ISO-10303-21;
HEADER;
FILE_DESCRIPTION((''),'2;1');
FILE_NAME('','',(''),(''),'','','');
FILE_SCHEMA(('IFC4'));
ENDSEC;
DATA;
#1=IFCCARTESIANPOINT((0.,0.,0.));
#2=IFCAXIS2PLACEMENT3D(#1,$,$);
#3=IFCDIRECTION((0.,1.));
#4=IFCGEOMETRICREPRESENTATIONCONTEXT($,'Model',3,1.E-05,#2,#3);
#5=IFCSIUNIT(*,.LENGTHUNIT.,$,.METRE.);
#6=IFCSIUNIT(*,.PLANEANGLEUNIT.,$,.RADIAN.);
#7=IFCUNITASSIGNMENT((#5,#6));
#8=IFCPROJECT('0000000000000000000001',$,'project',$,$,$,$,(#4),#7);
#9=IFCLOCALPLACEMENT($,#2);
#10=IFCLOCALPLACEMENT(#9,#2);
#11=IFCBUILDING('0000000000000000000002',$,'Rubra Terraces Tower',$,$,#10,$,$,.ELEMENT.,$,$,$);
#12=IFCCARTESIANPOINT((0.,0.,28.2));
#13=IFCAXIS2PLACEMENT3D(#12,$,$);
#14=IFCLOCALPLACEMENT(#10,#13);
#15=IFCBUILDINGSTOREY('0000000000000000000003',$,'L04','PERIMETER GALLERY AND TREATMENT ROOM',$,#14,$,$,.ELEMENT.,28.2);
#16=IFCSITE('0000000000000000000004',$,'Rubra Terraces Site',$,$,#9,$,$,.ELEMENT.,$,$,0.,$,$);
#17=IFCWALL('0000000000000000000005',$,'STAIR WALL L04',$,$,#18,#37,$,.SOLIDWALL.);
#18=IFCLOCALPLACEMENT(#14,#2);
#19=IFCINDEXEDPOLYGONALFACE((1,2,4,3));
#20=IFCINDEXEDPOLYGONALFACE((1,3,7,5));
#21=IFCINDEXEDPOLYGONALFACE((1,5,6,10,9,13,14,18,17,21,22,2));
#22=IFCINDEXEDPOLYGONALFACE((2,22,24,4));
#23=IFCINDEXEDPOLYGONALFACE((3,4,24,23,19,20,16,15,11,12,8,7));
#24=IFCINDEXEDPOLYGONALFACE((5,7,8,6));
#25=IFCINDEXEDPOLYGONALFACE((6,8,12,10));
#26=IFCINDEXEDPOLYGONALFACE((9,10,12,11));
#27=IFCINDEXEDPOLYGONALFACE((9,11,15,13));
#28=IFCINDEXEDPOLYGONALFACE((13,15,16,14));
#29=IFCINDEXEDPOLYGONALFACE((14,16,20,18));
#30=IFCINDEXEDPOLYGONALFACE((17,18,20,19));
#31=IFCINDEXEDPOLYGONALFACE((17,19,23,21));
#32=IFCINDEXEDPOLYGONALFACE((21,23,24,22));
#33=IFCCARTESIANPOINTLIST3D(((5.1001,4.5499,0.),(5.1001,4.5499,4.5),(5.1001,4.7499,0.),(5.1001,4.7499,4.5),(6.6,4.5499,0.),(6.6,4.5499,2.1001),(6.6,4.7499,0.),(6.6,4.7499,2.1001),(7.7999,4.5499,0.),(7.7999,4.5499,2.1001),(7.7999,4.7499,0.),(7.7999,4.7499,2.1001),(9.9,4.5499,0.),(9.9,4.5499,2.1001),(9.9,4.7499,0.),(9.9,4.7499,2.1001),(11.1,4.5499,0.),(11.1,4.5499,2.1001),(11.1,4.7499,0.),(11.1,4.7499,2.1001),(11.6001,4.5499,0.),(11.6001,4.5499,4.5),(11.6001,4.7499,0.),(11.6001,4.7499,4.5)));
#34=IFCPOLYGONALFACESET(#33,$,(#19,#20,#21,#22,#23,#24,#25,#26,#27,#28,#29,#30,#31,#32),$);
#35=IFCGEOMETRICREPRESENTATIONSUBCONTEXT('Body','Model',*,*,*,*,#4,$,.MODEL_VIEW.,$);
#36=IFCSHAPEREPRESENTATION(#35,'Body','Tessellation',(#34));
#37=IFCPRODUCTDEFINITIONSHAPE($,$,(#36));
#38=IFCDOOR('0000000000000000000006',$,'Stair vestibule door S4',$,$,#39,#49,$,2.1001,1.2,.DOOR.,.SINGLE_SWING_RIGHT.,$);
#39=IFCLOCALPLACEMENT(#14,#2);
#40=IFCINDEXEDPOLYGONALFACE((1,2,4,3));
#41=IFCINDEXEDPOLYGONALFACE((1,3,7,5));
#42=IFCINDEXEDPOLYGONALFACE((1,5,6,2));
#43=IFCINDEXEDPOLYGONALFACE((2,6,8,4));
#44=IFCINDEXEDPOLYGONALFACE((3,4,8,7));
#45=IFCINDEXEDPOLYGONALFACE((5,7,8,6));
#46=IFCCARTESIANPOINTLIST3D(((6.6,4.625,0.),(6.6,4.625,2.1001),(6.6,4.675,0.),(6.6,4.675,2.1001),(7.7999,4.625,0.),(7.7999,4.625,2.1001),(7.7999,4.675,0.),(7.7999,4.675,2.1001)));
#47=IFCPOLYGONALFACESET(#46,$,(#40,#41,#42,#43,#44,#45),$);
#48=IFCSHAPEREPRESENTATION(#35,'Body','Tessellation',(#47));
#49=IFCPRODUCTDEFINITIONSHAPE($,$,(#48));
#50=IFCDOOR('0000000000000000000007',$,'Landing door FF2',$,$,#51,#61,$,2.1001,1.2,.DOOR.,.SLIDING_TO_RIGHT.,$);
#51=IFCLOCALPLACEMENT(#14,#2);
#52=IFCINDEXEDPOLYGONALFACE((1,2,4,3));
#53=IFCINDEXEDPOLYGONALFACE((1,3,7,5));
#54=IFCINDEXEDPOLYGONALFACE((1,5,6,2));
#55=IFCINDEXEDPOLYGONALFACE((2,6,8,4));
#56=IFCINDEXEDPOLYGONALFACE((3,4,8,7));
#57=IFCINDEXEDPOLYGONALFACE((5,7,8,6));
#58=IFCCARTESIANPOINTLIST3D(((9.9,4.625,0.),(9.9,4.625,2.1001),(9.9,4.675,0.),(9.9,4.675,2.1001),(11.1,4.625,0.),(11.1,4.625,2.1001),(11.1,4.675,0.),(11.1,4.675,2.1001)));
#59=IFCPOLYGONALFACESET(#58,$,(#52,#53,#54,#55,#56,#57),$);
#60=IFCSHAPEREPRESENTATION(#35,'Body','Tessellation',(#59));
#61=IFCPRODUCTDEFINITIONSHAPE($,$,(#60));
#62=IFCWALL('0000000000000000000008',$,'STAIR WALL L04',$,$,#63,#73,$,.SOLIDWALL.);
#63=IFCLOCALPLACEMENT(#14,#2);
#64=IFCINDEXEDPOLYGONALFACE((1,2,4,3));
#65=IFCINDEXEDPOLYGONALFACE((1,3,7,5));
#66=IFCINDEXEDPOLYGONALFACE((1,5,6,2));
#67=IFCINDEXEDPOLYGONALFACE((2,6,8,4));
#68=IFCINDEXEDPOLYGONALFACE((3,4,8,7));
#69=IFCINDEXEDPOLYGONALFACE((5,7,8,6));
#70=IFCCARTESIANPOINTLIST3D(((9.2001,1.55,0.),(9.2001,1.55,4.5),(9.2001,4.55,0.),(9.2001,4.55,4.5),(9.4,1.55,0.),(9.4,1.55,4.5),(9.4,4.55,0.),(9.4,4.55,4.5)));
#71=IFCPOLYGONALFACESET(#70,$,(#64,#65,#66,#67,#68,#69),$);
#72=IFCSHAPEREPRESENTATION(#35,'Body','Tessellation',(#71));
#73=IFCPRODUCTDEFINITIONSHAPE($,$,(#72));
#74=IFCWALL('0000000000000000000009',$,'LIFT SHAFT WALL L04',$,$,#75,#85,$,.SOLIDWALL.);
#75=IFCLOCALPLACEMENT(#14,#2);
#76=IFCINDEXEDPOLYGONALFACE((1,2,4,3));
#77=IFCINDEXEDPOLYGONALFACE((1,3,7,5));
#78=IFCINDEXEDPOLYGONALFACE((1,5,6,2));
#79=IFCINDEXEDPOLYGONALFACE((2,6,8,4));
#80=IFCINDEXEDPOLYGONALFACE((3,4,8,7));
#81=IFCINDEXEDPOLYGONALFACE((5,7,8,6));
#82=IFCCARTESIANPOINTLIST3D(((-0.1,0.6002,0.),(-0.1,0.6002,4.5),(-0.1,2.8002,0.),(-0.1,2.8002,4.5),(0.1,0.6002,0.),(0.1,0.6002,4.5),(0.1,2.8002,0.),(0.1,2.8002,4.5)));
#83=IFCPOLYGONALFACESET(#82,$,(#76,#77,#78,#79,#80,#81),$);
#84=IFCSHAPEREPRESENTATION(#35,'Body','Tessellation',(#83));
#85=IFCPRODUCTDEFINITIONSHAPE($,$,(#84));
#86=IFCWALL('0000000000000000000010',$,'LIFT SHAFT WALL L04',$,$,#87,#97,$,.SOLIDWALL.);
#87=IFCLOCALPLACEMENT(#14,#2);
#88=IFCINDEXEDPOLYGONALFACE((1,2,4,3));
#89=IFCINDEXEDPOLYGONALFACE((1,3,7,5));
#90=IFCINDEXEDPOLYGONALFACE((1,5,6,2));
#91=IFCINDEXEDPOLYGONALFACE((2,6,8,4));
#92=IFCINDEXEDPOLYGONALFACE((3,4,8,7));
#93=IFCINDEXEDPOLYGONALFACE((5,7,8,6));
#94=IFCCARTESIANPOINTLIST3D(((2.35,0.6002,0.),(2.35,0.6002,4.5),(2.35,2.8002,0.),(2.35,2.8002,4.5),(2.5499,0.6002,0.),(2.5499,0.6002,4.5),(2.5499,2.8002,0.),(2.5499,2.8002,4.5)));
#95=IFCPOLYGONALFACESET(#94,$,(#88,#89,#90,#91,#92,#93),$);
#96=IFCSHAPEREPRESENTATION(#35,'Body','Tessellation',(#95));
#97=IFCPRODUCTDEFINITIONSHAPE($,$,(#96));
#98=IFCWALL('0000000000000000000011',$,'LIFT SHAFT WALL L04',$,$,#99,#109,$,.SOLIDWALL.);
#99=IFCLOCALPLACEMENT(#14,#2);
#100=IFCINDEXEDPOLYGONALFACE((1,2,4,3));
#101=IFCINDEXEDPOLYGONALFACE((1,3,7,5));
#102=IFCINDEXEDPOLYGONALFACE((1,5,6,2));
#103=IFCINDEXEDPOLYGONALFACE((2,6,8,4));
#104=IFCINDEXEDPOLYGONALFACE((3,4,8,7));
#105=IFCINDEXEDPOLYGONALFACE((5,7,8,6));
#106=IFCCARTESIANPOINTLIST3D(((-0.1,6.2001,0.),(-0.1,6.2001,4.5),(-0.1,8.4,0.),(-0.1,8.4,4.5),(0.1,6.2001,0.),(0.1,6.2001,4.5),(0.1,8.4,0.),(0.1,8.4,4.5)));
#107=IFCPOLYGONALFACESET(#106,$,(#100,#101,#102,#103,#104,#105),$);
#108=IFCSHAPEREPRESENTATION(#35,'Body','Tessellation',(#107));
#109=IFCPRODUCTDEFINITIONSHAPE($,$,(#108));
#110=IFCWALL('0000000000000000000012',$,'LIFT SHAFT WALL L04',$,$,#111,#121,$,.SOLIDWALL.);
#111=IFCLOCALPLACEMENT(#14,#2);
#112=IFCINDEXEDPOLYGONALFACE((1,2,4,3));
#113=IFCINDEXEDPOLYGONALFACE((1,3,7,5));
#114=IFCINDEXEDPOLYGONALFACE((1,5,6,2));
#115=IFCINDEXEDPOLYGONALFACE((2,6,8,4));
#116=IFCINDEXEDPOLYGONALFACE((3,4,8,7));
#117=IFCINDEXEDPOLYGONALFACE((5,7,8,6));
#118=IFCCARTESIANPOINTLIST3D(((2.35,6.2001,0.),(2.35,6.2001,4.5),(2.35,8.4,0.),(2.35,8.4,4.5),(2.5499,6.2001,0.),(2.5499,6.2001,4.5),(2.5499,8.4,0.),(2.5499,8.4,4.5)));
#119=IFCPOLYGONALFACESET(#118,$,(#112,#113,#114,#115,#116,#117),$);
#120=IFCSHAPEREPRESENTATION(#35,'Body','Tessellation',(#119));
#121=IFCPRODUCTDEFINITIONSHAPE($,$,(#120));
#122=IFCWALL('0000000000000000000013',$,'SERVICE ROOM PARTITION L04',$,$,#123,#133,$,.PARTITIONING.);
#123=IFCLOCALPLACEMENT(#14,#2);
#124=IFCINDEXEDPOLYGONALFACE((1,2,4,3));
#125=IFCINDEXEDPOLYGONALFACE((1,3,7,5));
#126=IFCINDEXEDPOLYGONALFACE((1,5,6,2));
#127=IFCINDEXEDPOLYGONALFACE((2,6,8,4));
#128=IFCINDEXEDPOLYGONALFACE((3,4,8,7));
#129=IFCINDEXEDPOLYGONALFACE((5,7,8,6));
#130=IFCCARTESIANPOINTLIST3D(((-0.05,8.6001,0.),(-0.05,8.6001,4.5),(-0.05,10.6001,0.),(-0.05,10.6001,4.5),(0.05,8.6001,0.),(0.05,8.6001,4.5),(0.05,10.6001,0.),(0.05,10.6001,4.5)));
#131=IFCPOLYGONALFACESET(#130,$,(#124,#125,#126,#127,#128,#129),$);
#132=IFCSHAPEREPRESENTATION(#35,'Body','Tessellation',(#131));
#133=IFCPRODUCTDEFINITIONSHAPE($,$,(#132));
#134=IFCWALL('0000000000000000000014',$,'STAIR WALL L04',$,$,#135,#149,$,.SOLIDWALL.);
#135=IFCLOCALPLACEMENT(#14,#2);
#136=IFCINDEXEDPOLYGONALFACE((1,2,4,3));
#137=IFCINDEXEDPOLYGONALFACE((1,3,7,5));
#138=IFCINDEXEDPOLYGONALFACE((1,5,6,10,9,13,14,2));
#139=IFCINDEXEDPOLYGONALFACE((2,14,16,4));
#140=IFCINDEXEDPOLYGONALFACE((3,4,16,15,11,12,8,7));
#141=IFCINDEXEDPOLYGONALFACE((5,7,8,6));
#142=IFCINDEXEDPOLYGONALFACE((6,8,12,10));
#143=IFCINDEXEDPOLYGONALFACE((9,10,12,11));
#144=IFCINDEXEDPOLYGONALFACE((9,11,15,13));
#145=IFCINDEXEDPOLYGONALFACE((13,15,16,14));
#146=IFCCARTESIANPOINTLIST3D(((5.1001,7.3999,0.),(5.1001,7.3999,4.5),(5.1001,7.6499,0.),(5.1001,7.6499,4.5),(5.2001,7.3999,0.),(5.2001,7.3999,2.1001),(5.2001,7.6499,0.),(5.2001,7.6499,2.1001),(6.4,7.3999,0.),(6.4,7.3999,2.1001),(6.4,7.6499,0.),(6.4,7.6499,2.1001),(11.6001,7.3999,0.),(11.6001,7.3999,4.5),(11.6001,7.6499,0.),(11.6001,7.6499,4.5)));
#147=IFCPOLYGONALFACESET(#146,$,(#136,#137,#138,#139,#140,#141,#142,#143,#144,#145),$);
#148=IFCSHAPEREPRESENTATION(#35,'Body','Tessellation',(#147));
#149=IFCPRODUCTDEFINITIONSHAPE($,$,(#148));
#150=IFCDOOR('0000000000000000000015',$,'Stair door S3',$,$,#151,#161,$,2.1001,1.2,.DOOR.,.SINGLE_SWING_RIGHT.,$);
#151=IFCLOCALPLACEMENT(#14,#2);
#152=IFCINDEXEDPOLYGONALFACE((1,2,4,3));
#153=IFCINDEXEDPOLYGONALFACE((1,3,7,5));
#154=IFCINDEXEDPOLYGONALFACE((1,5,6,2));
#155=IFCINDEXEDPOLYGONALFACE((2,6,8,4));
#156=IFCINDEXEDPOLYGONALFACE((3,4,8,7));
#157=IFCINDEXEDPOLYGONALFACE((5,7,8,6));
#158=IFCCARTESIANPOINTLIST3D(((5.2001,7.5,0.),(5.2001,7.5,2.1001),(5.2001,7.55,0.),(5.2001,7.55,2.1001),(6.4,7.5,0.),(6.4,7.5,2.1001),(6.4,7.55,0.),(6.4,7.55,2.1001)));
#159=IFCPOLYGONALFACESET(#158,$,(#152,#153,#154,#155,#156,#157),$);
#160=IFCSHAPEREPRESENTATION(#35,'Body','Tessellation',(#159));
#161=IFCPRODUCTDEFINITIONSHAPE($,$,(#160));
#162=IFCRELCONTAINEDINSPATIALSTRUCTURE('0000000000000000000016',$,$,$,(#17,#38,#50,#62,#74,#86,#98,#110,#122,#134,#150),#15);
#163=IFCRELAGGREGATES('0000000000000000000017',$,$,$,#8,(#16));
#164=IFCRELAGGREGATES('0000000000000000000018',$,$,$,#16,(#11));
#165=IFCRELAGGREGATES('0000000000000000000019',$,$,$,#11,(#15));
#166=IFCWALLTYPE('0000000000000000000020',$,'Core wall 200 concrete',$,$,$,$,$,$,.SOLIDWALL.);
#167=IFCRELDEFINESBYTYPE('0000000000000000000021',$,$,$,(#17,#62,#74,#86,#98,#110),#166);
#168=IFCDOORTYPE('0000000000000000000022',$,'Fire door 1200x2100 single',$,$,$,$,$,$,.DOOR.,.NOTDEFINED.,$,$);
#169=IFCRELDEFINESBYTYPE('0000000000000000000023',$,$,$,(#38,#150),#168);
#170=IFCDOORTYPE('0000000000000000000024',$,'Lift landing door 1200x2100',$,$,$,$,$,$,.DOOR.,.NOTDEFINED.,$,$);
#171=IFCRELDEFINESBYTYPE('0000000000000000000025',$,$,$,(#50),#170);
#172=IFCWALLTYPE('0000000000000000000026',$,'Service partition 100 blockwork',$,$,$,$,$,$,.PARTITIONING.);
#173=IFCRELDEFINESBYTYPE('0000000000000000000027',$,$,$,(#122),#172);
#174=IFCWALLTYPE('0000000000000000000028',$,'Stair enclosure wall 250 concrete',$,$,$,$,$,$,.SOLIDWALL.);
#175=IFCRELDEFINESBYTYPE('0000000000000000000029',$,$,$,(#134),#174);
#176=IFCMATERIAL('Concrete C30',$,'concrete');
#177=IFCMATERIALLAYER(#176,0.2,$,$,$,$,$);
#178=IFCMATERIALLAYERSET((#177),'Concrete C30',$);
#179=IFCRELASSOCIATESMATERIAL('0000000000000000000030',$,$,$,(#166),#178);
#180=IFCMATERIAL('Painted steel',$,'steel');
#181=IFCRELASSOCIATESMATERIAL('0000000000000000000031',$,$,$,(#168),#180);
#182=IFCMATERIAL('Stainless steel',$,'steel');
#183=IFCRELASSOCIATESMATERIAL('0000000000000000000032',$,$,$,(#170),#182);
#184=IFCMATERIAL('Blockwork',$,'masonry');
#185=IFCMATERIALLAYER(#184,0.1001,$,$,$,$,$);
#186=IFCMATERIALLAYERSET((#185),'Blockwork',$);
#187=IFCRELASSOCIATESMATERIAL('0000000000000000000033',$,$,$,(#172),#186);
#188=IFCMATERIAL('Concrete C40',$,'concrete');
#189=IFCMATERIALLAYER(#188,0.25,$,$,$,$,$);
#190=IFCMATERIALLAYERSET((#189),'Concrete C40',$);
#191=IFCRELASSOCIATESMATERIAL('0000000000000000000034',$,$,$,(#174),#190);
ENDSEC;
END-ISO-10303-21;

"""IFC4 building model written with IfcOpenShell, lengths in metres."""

from ifc_helpers import new_model, si_unit, direction, frame, frame_2d, origin, place, context, subcontext, project, spatial, rectangle, extrude, material, layer, layer_set, type_object, element, fill, save


model = new_model("IFC4")

# Units and contexts
model_context = context("Model", 3, precision=1e-05, world=origin(), true_north=direction((0.0, 1.0)))
body_context = subcontext(model_context, "Body", "Model", "MODEL_VIEW")
ifc_project = project(units=[si_unit("LENGTHUNIT", "METRE"), si_unit("PLANEANGLEUNIT", "RADIAN")], contexts=[model_context])

# Site, building, storey
site_placement = place(None, origin())
site = spatial("IfcSite", under=ifc_project, at=site_placement, Name="Rubra Terraces Site", CompositionType="ELEMENT", RefElevation=0.0)
building_placement = place(site_placement, origin())
building = spatial("IfcBuilding", under=site, at=building_placement, Name="Rubra Terraces Tower", CompositionType="ELEMENT")
storey_placement = place(building_placement, frame((0.0, 0.0, 28.2)))
storey = spatial("IfcBuildingStorey", under=building, at=storey_placement, Name="L04", Description="PERIMETER GALLERY AND TREATMENT ROOM", CompositionType="ELEMENT", Elevation=28.2)

# Shared definitions
ifc_material_1 = material(Name="Concrete C40", Category="concrete")

# Wall, openings, doors
ifc_material_2 = material(Name="Concrete C30", Category="concrete")
ifc_layer_1 = layer(ifc_material_2, 0.2)
ifc_layer_set_1 = layer_set([ifc_layer_1], Name="Concrete C30")
wall_type_1 = type_object("IfcWallType", Name="Core wall 200 concrete", PredefinedType="SOLIDWALL", material=ifc_layer_set_1)
wall_1_placement = place(storey_placement, frame((11.6001, 4.6499, 0.0), z_axis=(0.0, 0.0, 1.0), x_axis=(-1.0, 0.0, 0.0)))
wall_1 = element("IfcWall", 1, at=wall_1_placement, inside=storey, type_object=wall_type_1, Name="STAIR WALL L04", PredefinedType="SOLIDWALL", context=body_context, shape_type="SweptSolid", body=[
    extrude(rectangle(XDim=6.5, YDim=0.2, at=frame_2d((3.25, 0.0))), origin(), (0.0, 0.0, 1.0), 4.5),
])
opening_1_placement = place(wall_1_placement, frame((3.8, 0.0, 0.0)))
opening_1 = element("IfcOpeningElement", 2, at=opening_1_placement, cuts=wall_1, PredefinedType="OPENING", context=body_context, shape_type="SweptSolid", body=[
    extrude(rectangle(XDim=1.2, YDim=2.1001, at=frame_2d((0.6001, 1.05))), frame((0.0, 0.1099, 0.0), z_axis=(0.0, -1.0, 0.0), x_axis=(1.0, 0.0, 0.0)), (0.0, 0.0, 1.0), 0.22),
])
opening_2_placement = place(wall_1_placement, frame((0.5, 0.0, 0.0)))
opening_2 = element("IfcOpeningElement", 3, at=opening_2_placement, cuts=wall_1, PredefinedType="OPENING", context=body_context, shape_type="SweptSolid", body=[
    extrude(rectangle(XDim=1.2, YDim=2.1001, at=frame_2d((0.6001, 1.05))), frame((0.0, 0.1099, 0.0), z_axis=(0.0, -1.0, 0.0), x_axis=(1.0, 0.0, 0.0)), (0.0, 0.0, 1.0), 0.22),
])
ifc_material_3 = material(Name="Painted steel", Category="steel")
door_type_1 = type_object("IfcDoorType", Name="Fire door 1200x2100 single", OperationType="NOTDEFINED", PredefinedType="DOOR", material=ifc_material_3)
door_1_placement = place(opening_1_placement, origin())
door_1 = element("IfcDoor", 4, at=door_1_placement, inside=storey, type_object=door_type_1, Name="Stair vestibule door S4", OperationType="SINGLE_SWING_RIGHT", OverallHeight=2.1001, OverallWidth=1.2, PredefinedType="DOOR", context=body_context, shape_type="SweptSolid", body=[
    extrude(rectangle(XDim=1.2, YDim=2.1001, at=frame_2d((0.6001, 1.05))), frame((0.0, 0.0249, 0.0), z_axis=(0.0, -1.0, 0.0), x_axis=(1.0, 0.0, 0.0)), (0.0, 0.0, 1.0), 0.05),
])
fill(opening_1, door_1)
ifc_material_4 = material(Name="Stainless steel", Category="steel")
door_type_2 = type_object("IfcDoorType", Name="Lift landing door 1200x2100", OperationType="NOTDEFINED", PredefinedType="DOOR", material=ifc_material_4)
door_2_placement = place(opening_2_placement, origin())
door_2 = element("IfcDoor", 5, at=door_2_placement, inside=storey, type_object=door_type_2, Name="Landing door FF2", OperationType="SLIDING_TO_RIGHT", OverallHeight=2.1001, OverallWidth=1.2, PredefinedType="DOOR", context=body_context, shape_type="SweptSolid", body=[
    extrude(rectangle(XDim=1.2, YDim=2.1001, at=frame_2d((0.6001, 1.05))), frame((0.0, 0.0249, 0.0), z_axis=(0.0, -1.0, 0.0), x_axis=(1.0, 0.0, 0.0)), (0.0, 0.0, 1.0), 0.05),
])
fill(opening_2, door_2)

# Walls
wall_2_placement = place(storey_placement, frame((9.3, 4.55, 0.0), z_axis=(0.0, 0.0, 1.0), x_axis=(0.0, -1.0, 0.0)))
element("IfcWall", 6, at=wall_2_placement, inside=storey, type_object=wall_type_1, Name="STAIR WALL L04", PredefinedType="SOLIDWALL", context=body_context, shape_type="SweptSolid", body=[
    extrude(rectangle(XDim=3.0, YDim=0.2, at=frame_2d((1.5, 0.0))), origin(), (0.0, 0.0, 1.0), 4.5),
])
for number, where, z_axis, x_axis, name in (
    (7, (0.0, 0.6001, 0.0), (0.0, 0.0, 1.0), (0.0, 1.0, 0.0), "LIFT SHAFT WALL L04"),
    (8, (2.45, 0.6001, 0.0), (0.0, 0.0, 1.0), (0.0, 1.0, 0.0), "LIFT SHAFT WALL L04"),
    (9, (0.0, 6.2, 0.0), (0.0, 0.0, 1.0), (0.0, 1.0, 0.0), "LIFT SHAFT WALL L04"),
    (10, (2.45, 6.2, 0.0), (0.0, 0.0, 1.0), (0.0, 1.0, 0.0), "LIFT SHAFT WALL L04"),
):
    element("IfcWall", number, at=place(storey_placement, frame(where, z_axis=z_axis, x_axis=x_axis)), inside=storey, type_object=wall_type_1, Name=name, PredefinedType="SOLIDWALL", context=body_context, shape_type="SweptSolid", body=[
        extrude(rectangle(XDim=2.2, YDim=0.2, at=frame_2d((1.1001, 0.0))), origin(), (0.0, 0.0, 1.0), 4.5),
    ])
ifc_material_5 = material(Name="Blockwork", Category="masonry")
ifc_layer_2 = layer(ifc_material_5, 0.1001)
ifc_layer_set_2 = layer_set([ifc_layer_2], Name="Blockwork")
wall_type_2 = type_object("IfcWallType", Name="Service partition 100 blockwork", PredefinedType="PARTITIONING", material=ifc_layer_set_2)
wall_3_placement = place(storey_placement, frame((0.0, 8.6001, 0.0), z_axis=(0.0, 0.0, 1.0), x_axis=(0.0, 1.0, 0.0)))
element("IfcWall", 11, at=wall_3_placement, inside=storey, type_object=wall_type_2, Name="SERVICE ROOM PARTITION L04", PredefinedType="PARTITIONING", context=body_context, shape_type="SweptSolid", body=[
    extrude(rectangle(XDim=2.0, YDim=0.1001, at=frame_2d((1.0, 0.0))), origin(), (0.0, 0.0, 1.0), 4.5),
])

# Wall, opening, door
ifc_layer_3 = layer(ifc_material_1, 0.25)
ifc_layer_set_3 = layer_set([ifc_layer_3], Name="Concrete C40")
wall_type_3 = type_object("IfcWallType", Name="Stair enclosure wall 250 concrete", PredefinedType="SOLIDWALL", material=ifc_layer_set_3)
wall_4_placement = place(storey_placement, frame((11.6001, 7.5249, 0.0), z_axis=(0.0, 0.0, 1.0), x_axis=(-1.0, 0.0, 0.0)))
wall_4 = element("IfcWall", 12, at=wall_4_placement, inside=storey, type_object=wall_type_3, Name="STAIR WALL L04", PredefinedType="SOLIDWALL", context=body_context, shape_type="SweptSolid", body=[
    extrude(rectangle(XDim=6.5, YDim=0.25, at=frame_2d((3.25, 0.0))), origin(), (0.0, 0.0, 1.0), 4.5),
])
opening_3_placement = place(wall_4_placement, frame((5.2, 0.0, 0.0)))
opening_3 = element("IfcOpeningElement", 13, at=opening_3_placement, cuts=wall_4, PredefinedType="OPENING", context=body_context, shape_type="SweptSolid", body=[
    extrude(rectangle(XDim=1.2, YDim=2.1001, at=frame_2d((0.6001, 1.05))), frame((0.0, 0.135, 0.0), z_axis=(0.0, -1.0, 0.0), x_axis=(1.0, 0.0, 0.0)), (0.0, 0.0, 1.0), 0.27),
])
door_3_placement = place(opening_3_placement, origin())
door_3 = element("IfcDoor", 14, at=door_3_placement, inside=storey, type_object=door_type_1, Name="Stair door S3", OperationType="SINGLE_SWING_RIGHT", OverallHeight=2.1001, OverallWidth=1.2, PredefinedType="DOOR", context=body_context, shape_type="SweptSolid", body=[
    extrude(rectangle(XDim=1.2, YDim=2.1001, at=frame_2d((0.6001, 1.05))), frame((0.0, 0.0249, 0.0), z_axis=(0.0, -1.0, 0.0), x_axis=(1.0, 0.0, 0.0)), (0.0, 0.0, 1.0), 0.05),
])
fill(opening_3, door_3)

save(model, "model.ifc")
